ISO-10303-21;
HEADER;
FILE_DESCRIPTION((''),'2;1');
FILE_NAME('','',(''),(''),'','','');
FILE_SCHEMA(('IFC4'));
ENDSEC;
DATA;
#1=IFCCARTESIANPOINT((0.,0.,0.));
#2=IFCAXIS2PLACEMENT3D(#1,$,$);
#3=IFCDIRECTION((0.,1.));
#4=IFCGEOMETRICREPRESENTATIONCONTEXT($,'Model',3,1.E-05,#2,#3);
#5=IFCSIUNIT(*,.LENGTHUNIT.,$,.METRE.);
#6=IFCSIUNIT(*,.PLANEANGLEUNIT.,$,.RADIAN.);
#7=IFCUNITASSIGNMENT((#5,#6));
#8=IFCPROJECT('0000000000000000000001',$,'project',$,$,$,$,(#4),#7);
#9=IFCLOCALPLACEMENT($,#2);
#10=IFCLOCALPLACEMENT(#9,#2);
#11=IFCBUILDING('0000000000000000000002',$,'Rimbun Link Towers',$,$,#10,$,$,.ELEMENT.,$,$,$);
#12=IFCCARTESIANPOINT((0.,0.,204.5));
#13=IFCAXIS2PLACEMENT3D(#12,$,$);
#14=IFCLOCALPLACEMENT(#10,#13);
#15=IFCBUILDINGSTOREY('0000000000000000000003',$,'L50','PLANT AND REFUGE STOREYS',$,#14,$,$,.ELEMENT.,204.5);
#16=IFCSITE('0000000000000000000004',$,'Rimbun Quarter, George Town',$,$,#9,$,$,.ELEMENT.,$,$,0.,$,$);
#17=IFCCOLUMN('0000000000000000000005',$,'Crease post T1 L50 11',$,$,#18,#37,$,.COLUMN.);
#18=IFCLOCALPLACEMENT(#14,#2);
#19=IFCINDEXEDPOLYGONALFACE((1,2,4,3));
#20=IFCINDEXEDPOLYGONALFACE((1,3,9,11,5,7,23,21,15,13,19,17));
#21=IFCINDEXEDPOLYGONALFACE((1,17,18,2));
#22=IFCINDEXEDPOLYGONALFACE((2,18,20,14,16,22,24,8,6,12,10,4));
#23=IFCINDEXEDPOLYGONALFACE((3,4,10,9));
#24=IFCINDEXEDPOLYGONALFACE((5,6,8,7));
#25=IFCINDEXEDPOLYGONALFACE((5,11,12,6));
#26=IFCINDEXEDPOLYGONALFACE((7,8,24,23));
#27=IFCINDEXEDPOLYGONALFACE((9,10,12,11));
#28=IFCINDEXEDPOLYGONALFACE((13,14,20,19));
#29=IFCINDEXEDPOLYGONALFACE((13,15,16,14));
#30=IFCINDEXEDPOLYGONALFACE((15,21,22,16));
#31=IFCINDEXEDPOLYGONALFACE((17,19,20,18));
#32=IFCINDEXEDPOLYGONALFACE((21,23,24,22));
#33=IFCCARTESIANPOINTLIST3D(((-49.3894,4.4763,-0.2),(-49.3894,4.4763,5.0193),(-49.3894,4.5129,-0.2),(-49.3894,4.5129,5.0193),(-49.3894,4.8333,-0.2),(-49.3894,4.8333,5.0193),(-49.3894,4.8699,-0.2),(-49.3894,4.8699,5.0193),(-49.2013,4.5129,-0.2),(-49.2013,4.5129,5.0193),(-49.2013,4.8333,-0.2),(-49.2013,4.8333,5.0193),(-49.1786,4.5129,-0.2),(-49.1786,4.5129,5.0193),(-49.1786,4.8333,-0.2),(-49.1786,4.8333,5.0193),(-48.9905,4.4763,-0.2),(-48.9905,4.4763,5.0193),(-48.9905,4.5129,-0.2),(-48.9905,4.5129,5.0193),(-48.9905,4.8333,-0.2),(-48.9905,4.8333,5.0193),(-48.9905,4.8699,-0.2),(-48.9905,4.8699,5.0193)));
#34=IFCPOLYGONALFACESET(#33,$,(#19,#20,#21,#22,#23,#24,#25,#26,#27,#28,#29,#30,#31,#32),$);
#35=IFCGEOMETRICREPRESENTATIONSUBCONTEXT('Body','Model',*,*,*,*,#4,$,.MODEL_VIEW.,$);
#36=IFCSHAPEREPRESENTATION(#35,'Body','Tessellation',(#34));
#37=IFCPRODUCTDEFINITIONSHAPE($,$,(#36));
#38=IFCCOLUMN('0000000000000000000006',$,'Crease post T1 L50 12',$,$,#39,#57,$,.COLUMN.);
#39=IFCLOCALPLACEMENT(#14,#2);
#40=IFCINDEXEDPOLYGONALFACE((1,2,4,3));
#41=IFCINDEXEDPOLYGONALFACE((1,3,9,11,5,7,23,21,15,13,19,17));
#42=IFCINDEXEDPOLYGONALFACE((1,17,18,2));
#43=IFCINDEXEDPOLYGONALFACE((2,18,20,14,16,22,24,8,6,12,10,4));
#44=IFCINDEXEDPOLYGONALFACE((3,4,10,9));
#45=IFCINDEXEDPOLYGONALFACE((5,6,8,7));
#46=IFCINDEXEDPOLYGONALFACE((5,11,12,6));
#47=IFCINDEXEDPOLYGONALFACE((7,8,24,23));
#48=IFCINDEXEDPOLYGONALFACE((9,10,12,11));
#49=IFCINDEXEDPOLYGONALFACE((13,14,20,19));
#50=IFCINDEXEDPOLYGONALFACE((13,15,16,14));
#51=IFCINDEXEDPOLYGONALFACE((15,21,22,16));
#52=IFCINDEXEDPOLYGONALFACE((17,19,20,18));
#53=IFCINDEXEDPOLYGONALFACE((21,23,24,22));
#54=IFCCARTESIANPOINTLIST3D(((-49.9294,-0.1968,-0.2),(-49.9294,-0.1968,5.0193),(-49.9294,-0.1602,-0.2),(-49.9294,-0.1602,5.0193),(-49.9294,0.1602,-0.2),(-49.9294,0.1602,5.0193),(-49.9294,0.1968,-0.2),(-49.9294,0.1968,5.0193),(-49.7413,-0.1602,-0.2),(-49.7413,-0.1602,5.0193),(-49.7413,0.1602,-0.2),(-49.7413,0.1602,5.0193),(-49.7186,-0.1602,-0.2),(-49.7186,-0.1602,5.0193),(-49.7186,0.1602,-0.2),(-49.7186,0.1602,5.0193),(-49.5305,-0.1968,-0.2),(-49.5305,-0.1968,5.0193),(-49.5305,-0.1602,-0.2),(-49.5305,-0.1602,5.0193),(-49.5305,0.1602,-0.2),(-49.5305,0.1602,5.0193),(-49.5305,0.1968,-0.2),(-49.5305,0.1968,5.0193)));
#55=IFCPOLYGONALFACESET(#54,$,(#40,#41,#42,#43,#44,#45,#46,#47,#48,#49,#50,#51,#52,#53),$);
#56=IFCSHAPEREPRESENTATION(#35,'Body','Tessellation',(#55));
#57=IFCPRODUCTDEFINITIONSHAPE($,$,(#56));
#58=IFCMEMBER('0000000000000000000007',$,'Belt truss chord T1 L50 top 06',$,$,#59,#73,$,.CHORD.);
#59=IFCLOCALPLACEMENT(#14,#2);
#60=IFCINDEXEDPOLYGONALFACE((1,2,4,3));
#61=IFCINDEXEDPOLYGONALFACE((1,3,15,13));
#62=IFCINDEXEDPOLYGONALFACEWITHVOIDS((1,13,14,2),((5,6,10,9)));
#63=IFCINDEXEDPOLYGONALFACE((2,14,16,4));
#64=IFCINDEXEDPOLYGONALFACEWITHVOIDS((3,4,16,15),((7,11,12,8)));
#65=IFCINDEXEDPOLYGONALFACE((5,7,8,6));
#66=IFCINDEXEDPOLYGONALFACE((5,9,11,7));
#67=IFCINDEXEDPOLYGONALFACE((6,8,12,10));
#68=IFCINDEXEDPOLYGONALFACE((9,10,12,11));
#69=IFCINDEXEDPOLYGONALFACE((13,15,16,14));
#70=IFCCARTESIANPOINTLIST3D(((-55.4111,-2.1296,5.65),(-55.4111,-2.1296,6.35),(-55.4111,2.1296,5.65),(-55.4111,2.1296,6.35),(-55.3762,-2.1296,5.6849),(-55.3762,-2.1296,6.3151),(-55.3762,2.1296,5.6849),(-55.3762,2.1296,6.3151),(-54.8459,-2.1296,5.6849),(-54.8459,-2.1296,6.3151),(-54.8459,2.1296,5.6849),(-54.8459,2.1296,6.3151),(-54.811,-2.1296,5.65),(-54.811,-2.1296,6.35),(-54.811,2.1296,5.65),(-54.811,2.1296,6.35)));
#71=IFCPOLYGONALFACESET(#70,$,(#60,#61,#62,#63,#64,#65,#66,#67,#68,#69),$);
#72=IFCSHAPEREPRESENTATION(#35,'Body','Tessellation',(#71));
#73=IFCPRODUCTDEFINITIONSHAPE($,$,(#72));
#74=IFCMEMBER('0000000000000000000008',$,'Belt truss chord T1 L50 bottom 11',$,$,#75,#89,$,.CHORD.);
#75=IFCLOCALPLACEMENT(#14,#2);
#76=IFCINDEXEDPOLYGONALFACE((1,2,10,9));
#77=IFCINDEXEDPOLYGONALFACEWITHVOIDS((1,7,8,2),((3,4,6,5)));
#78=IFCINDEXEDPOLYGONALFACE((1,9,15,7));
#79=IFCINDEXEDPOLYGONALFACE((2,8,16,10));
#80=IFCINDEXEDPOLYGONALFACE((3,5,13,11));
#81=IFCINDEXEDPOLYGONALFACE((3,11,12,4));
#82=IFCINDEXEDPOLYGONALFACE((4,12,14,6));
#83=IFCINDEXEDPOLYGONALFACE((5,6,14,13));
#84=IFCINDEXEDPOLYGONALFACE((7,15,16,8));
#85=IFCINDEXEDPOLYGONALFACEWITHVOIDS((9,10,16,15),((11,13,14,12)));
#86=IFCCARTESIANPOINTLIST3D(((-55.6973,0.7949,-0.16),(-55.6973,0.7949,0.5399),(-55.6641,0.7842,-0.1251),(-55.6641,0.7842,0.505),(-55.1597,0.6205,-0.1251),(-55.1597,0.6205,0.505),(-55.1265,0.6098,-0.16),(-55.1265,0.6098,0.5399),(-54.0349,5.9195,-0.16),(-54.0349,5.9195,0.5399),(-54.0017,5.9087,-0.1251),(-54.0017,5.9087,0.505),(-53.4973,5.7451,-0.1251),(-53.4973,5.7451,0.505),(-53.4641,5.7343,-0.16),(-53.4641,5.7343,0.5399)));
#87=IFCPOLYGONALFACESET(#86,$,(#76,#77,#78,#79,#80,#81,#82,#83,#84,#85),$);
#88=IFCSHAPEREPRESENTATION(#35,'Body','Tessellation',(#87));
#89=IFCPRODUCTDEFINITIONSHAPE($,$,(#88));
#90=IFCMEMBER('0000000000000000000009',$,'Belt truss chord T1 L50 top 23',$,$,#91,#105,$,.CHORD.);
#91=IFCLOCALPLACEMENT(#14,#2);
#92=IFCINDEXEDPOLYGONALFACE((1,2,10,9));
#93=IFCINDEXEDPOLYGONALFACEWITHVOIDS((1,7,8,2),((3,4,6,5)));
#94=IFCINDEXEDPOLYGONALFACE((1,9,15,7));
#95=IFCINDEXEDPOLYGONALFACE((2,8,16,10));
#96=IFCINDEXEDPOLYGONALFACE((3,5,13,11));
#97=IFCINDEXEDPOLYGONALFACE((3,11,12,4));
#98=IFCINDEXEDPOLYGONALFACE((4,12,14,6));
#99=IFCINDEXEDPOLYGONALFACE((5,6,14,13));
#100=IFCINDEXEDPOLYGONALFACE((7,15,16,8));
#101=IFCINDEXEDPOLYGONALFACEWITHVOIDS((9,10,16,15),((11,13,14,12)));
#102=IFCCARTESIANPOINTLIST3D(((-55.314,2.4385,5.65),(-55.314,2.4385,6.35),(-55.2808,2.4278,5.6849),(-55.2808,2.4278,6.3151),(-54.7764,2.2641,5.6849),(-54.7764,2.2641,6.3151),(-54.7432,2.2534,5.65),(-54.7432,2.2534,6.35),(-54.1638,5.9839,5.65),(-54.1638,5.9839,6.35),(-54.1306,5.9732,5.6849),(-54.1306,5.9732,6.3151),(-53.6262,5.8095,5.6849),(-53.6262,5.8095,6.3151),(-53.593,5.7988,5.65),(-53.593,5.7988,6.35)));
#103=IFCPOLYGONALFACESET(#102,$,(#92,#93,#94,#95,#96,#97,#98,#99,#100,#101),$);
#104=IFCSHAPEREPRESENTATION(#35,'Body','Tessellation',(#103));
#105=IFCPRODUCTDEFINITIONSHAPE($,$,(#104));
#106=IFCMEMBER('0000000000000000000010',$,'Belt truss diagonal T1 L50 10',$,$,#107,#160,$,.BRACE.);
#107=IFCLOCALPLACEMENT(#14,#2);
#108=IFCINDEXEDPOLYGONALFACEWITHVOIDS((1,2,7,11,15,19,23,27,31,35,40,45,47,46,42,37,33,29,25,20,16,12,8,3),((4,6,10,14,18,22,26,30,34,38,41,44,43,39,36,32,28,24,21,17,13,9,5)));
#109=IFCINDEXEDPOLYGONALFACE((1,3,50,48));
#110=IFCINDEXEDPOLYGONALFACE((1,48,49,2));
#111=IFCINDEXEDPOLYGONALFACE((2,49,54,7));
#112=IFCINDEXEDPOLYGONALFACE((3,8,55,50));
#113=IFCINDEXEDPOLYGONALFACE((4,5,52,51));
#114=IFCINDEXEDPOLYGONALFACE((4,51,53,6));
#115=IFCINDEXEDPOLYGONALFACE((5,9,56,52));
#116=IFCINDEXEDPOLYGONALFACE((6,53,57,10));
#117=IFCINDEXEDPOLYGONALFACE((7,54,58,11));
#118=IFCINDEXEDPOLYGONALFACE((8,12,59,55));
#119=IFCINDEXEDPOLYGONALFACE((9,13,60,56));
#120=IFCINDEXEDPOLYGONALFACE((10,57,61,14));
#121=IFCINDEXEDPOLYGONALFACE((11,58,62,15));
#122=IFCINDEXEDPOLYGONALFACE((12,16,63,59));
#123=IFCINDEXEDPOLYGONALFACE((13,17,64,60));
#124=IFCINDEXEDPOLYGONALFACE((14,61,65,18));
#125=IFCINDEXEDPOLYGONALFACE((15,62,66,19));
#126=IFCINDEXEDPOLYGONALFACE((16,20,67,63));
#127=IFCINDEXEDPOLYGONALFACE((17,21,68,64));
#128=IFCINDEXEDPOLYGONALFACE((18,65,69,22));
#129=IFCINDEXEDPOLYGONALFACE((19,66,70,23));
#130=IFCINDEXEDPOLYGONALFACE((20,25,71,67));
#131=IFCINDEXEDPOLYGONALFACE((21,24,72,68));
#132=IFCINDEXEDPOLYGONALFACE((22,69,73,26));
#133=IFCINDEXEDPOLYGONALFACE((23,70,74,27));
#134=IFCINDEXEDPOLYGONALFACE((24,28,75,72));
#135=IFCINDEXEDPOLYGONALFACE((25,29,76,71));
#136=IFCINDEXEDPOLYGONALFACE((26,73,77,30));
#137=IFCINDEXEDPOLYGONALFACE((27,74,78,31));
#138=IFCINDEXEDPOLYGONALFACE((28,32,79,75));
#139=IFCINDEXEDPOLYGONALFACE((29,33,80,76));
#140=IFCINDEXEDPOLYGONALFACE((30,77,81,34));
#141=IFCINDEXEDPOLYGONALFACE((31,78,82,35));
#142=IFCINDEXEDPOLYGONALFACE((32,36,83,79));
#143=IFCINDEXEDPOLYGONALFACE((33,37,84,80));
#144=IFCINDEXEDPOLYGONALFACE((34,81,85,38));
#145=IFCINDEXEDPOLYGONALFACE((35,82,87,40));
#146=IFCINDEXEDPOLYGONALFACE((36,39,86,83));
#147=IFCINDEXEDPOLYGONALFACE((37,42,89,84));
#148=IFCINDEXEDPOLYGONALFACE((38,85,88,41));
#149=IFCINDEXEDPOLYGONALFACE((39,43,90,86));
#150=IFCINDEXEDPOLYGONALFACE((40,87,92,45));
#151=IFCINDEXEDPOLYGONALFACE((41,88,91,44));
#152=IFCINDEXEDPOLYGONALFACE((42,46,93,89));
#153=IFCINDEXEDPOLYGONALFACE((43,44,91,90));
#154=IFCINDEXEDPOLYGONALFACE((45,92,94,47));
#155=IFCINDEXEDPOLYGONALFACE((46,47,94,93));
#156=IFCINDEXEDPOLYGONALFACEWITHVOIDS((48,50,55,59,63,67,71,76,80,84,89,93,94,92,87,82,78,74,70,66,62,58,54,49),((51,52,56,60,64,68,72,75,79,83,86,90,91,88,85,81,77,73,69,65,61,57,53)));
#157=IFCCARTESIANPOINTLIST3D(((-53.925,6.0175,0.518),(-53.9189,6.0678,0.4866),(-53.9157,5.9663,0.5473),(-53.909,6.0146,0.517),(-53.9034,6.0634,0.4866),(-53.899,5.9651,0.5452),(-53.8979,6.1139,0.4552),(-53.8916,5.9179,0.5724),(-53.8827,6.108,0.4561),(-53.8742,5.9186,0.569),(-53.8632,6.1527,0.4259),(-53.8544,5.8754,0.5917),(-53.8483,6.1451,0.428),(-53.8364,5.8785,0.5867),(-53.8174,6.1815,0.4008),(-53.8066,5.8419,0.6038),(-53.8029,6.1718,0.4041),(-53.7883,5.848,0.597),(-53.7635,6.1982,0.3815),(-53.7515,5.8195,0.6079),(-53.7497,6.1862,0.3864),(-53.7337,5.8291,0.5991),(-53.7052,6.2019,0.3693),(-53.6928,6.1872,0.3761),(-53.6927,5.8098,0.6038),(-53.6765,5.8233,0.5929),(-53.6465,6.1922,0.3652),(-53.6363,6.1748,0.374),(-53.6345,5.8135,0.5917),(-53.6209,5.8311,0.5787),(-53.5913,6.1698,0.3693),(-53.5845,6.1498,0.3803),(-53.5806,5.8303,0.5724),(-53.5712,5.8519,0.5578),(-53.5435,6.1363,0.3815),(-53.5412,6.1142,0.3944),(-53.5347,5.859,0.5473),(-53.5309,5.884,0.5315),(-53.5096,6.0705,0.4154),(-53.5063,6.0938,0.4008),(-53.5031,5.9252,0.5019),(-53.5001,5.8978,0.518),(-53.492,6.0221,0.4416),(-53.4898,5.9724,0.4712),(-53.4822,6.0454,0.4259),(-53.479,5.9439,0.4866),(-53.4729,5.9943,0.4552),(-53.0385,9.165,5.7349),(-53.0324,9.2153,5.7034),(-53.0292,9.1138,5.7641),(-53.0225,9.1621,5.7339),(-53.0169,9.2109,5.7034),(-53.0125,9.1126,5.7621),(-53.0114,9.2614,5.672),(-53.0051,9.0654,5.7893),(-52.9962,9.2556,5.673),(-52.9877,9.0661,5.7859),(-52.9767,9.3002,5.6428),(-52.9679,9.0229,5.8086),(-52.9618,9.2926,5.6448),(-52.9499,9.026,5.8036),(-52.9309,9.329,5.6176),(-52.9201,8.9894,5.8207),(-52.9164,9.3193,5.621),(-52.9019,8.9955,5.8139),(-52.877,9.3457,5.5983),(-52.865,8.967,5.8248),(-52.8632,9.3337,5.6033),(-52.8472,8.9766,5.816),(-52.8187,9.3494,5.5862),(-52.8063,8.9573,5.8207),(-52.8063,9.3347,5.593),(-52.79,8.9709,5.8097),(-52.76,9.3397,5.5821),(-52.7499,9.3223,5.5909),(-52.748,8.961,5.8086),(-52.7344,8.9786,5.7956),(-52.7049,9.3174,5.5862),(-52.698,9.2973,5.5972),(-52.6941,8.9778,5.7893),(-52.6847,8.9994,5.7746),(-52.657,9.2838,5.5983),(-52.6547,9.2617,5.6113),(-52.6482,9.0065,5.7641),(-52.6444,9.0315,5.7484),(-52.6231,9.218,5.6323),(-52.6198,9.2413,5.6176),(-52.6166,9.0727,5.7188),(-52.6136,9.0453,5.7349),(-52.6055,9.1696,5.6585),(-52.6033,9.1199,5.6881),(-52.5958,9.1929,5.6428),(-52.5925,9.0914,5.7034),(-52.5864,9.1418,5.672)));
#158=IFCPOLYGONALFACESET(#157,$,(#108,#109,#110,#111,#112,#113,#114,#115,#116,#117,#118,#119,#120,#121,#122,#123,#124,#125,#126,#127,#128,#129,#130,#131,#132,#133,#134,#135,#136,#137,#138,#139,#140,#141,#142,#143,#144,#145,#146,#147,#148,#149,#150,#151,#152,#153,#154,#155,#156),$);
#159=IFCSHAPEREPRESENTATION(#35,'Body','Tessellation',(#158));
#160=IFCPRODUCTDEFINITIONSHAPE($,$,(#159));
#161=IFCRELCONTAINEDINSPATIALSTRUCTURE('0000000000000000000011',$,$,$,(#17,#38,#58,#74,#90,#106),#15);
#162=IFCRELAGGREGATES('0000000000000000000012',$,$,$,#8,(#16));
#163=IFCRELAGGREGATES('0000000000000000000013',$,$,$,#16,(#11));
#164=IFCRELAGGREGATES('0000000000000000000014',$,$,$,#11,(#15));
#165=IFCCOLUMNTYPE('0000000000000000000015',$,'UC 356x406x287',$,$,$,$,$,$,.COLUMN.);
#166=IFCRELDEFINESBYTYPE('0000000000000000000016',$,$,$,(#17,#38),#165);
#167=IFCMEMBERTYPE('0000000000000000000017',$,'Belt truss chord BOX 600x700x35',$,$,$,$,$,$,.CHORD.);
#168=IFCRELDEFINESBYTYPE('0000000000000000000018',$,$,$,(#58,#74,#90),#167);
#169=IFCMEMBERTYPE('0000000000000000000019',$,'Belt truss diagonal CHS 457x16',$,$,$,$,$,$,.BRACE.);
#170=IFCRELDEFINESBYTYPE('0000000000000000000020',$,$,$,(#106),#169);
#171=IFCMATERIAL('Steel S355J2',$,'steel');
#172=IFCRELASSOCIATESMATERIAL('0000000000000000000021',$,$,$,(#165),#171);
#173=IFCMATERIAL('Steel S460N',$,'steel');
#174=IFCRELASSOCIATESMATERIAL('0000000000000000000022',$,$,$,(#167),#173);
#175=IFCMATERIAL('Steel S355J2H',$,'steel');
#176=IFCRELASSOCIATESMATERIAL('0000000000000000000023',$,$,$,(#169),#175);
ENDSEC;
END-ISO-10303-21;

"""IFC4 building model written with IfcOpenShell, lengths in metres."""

from ifc_helpers import new_model, si_unit, direction, frame, origin, origin_2d, place, context, subcontext, project, spatial, hollow_rectangle, hollow_circle, i_section, extrude, material, material_profile, profile_set, type_object, element, save


model = new_model("IFC4")

# Units and contexts
model_context = context("Model", 3, precision=1e-05, world=origin(), true_north=direction((0.0, 1.0)))
body_context = subcontext(model_context, "Body", "Model", "MODEL_VIEW")
ifc_project = project(units=[si_unit("LENGTHUNIT", "METRE"), si_unit("PLANEANGLEUNIT", "RADIAN")], contexts=[model_context])

# Site, building, storey
site_placement = place(None, origin())
site = spatial("IfcSite", under=ifc_project, at=site_placement, Name="Rimbun Quarter, George Town", CompositionType="ELEMENT", RefElevation=0.0)
building_placement = place(site_placement, origin())
building = spatial("IfcBuilding", under=site, at=building_placement, Name="Rimbun Link Towers", CompositionType="ELEMENT")
storey_placement = place(building_placement, frame((0.0, 0.0, 204.5)))
storey = spatial("IfcBuildingStorey", under=building, at=storey_placement, Name="L50", Description="PLANT AND REFUGE STOREYS", CompositionType="ELEMENT", Elevation=204.5)

# Columns
ifc_material_1 = material(Name="Steel S355J2", Category="steel")
ifc_material_profile_1 = material_profile(ifc_material_1, i_section(OverallWidth=0.3989, OverallDepth=0.3936, WebThickness=0.0227, FlangeThickness=0.0366, at=origin_2d()), Name="UC 356x406x287")
ifc_profile_set_1 = profile_set([ifc_material_profile_1], Name="Steel S355J2")
column_type = type_object("IfcColumnType", Name="UC 356x406x287", PredefinedType="COLUMN", material=ifc_profile_set_1)
for number, where, z_axis, x_axis, name in (
    (1, (-49.1899, 4.6731, -0.2), (0.0, 0.0, 1.0), (1.0, 0.0, 0.0), "Crease post T1 L50 11"),
    (2, (-49.73, 0.0, -0.2), (0.0, 0.0, 1.0), (1.0, 0.0, 0.0), "Crease post T1 L50 12"),
):
    element("IfcColumn", number, at=place(storey_placement, frame(where, z_axis=z_axis, x_axis=x_axis)), inside=storey, type_object=column_type, Name=name, PredefinedType="COLUMN", context=body_context, shape_type="SweptSolid", body=[
        extrude(i_section(OverallWidth=0.3989, OverallDepth=0.3936, WebThickness=0.0227, FlangeThickness=0.0366, at=origin_2d()), origin(), (0.0, 0.0, 1.0), 5.2192),
    ])

# Members
ifc_material_2 = material(Name="Steel S460N", Category="steel")
ifc_material_profile_2 = material_profile(ifc_material_2, hollow_rectangle(XDim=0.6001, YDim=0.7, WallThickness=0.0349, at=origin_2d()), Name="Belt truss chord BOX 600x700x35")
ifc_profile_set_2 = profile_set([ifc_material_profile_2], Name="Steel S460N")
member_type_1 = type_object("IfcMemberType", Name="Belt truss chord BOX 600x700x35", PredefinedType="CHORD", material=ifc_profile_set_2)
member_1_placement = place(storey_placement, frame((-55.1111, 2.1296, 6.0), z_axis=(0.0, -1.0, 0.0), x_axis=(1.0, 0.0, 0.0)))
element("IfcMember", 3, at=member_1_placement, inside=storey, type_object=member_type_1, Name="Belt truss chord T1 L50 top 06", PredefinedType="CHORD", context=body_context, shape_type="SweptSolid", body=[
    extrude(hollow_rectangle(XDim=0.6001, YDim=0.7, WallThickness=0.0349, at=origin_2d()), origin(), (0.0, 0.0, 1.0), 4.2593),
])
member_2_placement = place(storey_placement, frame((-53.7495, 5.8269, 0.1899), z_axis=(-0.308563, -0.951204, 0.0), x_axis=(0.951204, -0.308563, 0.0)))
element("IfcMember", 4, at=member_2_placement, inside=storey, type_object=member_type_1, Name="Belt truss chord T1 L50 bottom 11", PredefinedType="CHORD", context=body_context, shape_type="SweptSolid", body=[
    extrude(hollow_rectangle(XDim=0.6001, YDim=0.7, WallThickness=0.0349, at=origin_2d()), origin(), (0.0, 0.0, 1.0), 5.3875),
])
member_3_placement = place(storey_placement, frame((-53.8784, 5.8914, 6.0), z_axis=(-0.308574, -0.9512, 0.0), x_axis=(0.9512, -0.308574, 0.0)))
element("IfcMember", 5, at=member_3_placement, inside=storey, type_object=member_type_1, Name="Belt truss chord T1 L50 top 23", PredefinedType="CHORD", context=body_context, shape_type="SweptSolid", body=[
    extrude(hollow_rectangle(XDim=0.6001, YDim=0.7, WallThickness=0.0349, at=origin_2d()), origin(), (0.0, 0.0, 1.0), 3.7273),
])
ifc_material_3 = material(Name="Steel S355J2H", Category="steel")
ifc_material_profile_3 = material_profile(ifc_material_3, hollow_circle(Radius=0.2285, WallThickness=0.0161, at=origin_2d()), Name="Belt truss diagonal CHS 457x16")
ifc_profile_set_3 = profile_set([ifc_material_profile_3], Name="Steel S355J2H")
member_type_2 = type_object("IfcMemberType", Name="Belt truss diagonal CHS 457x16", PredefinedType="BRACE", material=ifc_profile_set_3)
member_4_placement = place(storey_placement, frame((-53.699, 6.0059, 0.4866), z_axis=(0.143981, 0.511209, 0.84731), x_axis=(-0.962551, 0.2711, 0.0)))
element("IfcMember", 6, at=member_4_placement, inside=storey, type_object=member_type_2, Name="Belt truss diagonal T1 L50 10", PredefinedType="BRACE", context=body_context, shape_type="SweptSolid", body=[
    extrude(hollow_circle(Radius=0.2285, WallThickness=0.0161, at=origin_2d()), origin(), (0.0, 0.0, 1.0), 6.157),
])

save(model, "model.ifc")
